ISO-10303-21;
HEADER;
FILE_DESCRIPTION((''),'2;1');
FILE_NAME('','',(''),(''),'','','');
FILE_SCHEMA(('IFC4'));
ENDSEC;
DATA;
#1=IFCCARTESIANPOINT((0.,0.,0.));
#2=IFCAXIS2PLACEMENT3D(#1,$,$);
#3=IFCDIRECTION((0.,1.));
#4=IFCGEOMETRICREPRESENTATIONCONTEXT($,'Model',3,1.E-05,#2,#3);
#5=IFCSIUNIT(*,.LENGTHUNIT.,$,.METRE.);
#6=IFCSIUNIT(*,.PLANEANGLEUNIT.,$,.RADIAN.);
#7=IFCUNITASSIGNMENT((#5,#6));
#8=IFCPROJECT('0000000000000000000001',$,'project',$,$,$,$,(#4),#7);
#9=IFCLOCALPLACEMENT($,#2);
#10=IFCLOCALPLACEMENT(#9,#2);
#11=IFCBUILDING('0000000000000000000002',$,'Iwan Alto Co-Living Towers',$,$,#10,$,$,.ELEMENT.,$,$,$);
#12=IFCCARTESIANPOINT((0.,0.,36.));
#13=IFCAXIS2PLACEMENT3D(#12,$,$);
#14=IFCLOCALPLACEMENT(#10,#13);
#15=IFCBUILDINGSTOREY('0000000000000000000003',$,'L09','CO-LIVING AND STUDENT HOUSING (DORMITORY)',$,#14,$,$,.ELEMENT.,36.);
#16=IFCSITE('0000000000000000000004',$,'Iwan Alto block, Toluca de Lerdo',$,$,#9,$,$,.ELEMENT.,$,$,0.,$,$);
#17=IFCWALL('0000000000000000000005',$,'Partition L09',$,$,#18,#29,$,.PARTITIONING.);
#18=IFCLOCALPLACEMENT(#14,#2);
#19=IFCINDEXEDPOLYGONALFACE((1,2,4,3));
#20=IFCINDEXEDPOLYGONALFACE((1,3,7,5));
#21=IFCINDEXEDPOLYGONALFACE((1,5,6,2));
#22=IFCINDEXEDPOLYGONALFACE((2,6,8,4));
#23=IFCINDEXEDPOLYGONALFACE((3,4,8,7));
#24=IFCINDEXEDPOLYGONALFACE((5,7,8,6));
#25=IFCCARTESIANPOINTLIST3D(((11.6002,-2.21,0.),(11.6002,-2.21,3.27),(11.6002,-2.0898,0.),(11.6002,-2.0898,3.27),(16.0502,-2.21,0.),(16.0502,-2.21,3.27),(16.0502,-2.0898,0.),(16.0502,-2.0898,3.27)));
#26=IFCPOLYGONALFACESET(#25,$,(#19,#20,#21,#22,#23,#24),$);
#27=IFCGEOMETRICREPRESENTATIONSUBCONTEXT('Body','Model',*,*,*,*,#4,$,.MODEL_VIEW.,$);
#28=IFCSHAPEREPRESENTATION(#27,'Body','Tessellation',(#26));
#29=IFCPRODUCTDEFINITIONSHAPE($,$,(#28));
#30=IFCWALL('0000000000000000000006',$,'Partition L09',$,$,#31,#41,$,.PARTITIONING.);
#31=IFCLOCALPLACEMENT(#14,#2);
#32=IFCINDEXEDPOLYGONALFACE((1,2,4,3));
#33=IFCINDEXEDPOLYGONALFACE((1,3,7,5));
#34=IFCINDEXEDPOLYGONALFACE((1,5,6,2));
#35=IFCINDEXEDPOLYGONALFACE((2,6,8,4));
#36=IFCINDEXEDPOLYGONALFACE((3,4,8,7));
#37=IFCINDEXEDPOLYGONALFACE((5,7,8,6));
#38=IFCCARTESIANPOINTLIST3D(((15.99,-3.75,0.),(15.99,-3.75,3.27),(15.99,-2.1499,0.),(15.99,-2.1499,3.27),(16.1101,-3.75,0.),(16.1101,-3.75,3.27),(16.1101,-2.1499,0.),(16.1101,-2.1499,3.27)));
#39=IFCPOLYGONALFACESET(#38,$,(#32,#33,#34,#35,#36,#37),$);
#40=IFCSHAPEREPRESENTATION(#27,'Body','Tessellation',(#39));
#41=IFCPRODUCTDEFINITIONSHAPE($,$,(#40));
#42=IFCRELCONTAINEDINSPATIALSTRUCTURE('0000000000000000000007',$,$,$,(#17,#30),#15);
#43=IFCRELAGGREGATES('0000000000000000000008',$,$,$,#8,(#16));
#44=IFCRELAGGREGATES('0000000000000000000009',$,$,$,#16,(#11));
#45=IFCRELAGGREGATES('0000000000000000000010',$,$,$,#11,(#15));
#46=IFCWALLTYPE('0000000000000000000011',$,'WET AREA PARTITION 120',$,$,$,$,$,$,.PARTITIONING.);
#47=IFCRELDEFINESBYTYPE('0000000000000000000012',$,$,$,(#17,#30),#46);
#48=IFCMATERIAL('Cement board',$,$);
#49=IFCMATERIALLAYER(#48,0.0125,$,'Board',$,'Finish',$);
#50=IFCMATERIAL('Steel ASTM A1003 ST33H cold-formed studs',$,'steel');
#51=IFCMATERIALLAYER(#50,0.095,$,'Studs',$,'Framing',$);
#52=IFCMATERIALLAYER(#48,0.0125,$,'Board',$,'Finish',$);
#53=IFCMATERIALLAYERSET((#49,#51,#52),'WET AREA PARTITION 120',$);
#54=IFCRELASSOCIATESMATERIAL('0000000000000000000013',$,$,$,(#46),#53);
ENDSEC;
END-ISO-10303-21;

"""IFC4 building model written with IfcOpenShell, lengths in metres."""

from ifc_helpers import new_model, si_unit, direction, frame, frame_2d, origin, place, context, subcontext, project, spatial, rectangle, extrude, material, layer, layer_set, type_object, element, save


model = new_model("IFC4")

# Units and contexts
model_context = context("Model", 3, precision=1e-05, world=origin(), true_north=direction((0.0, 1.0)))
body_context = subcontext(model_context, "Body", "Model", "MODEL_VIEW")
ifc_project = project(units=[si_unit("LENGTHUNIT", "METRE"), si_unit("PLANEANGLEUNIT", "RADIAN")], contexts=[model_context])

# Site, building, storey
site_placement = place(None, origin())
site = spatial("IfcSite", under=ifc_project, at=site_placement, Name="Iwan Alto block, Toluca de Lerdo", CompositionType="ELEMENT", RefElevation=0.0)
building_placement = place(site_placement, origin())
building = spatial("IfcBuilding", under=site, at=building_placement, Name="Iwan Alto Co-Living Towers", CompositionType="ELEMENT")
storey_placement = place(building_placement, frame((0.0, 0.0, 36.0)))
storey = spatial("IfcBuildingStorey", under=building, at=storey_placement, Name="L09", Description="CO-LIVING AND STUDENT HOUSING (DORMITORY)", CompositionType="ELEMENT", Elevation=36.0)

# Shared definitions
ifc_material_1 = material(Name="Steel ASTM A1003 ST33H cold-formed studs", Category="steel")

# Shared definitions
ifc_material_2 = material(Name="Cement board")
ifc_layer_1 = layer(ifc_material_2, 0.0125, Name="Board", Category="Finish")
ifc_layer_2 = layer(ifc_material_1, 0.095, Name="Studs", Category="Framing")
ifc_layer_3 = layer(ifc_material_2, 0.0125, Name="Board", Category="Finish")
ifc_layer_set_1 = layer_set([ifc_layer_1, ifc_layer_2, ifc_layer_3], Name="WET AREA PARTITION 120")
wall_type_1 = type_object("IfcWallType", Name="WET AREA PARTITION 120", PredefinedType="PARTITIONING", material=ifc_layer_set_1)

# Walls
wall_1_placement = place(storey_placement, frame((11.6001, -2.1499, 0.0), z_axis=(0.0, 0.0, 1.0), x_axis=(1.0, 0.0, 0.0)))
element("IfcWall", 1, at=wall_1_placement, inside=storey, type_object=wall_type_1, Name="Partition L09", PredefinedType="PARTITIONING", context=body_context, shape_type="SweptSolid", body=[
    extrude(rectangle(XDim=4.45, YDim=0.1201, at=frame_2d((2.2251, 0.0))), origin(), (0.0, 0.0, 1.0), 3.27),
])
wall_2_placement = place(storey_placement, frame((16.05, -3.75, 0.0), z_axis=(0.0, 0.0, 1.0), x_axis=(0.0, 1.0, 0.0)))
element("IfcWall", 2, at=wall_2_placement, inside=storey, type_object=wall_type_1, Name="Partition L09", PredefinedType="PARTITIONING", context=body_context, shape_type="SweptSolid", body=[
    extrude(rectangle(XDim=1.6001, YDim=0.1201, at=frame_2d((0.8, 0.0))), origin(), (0.0, 0.0, 1.0), 3.27),
])

save(model, "model.ifc")
